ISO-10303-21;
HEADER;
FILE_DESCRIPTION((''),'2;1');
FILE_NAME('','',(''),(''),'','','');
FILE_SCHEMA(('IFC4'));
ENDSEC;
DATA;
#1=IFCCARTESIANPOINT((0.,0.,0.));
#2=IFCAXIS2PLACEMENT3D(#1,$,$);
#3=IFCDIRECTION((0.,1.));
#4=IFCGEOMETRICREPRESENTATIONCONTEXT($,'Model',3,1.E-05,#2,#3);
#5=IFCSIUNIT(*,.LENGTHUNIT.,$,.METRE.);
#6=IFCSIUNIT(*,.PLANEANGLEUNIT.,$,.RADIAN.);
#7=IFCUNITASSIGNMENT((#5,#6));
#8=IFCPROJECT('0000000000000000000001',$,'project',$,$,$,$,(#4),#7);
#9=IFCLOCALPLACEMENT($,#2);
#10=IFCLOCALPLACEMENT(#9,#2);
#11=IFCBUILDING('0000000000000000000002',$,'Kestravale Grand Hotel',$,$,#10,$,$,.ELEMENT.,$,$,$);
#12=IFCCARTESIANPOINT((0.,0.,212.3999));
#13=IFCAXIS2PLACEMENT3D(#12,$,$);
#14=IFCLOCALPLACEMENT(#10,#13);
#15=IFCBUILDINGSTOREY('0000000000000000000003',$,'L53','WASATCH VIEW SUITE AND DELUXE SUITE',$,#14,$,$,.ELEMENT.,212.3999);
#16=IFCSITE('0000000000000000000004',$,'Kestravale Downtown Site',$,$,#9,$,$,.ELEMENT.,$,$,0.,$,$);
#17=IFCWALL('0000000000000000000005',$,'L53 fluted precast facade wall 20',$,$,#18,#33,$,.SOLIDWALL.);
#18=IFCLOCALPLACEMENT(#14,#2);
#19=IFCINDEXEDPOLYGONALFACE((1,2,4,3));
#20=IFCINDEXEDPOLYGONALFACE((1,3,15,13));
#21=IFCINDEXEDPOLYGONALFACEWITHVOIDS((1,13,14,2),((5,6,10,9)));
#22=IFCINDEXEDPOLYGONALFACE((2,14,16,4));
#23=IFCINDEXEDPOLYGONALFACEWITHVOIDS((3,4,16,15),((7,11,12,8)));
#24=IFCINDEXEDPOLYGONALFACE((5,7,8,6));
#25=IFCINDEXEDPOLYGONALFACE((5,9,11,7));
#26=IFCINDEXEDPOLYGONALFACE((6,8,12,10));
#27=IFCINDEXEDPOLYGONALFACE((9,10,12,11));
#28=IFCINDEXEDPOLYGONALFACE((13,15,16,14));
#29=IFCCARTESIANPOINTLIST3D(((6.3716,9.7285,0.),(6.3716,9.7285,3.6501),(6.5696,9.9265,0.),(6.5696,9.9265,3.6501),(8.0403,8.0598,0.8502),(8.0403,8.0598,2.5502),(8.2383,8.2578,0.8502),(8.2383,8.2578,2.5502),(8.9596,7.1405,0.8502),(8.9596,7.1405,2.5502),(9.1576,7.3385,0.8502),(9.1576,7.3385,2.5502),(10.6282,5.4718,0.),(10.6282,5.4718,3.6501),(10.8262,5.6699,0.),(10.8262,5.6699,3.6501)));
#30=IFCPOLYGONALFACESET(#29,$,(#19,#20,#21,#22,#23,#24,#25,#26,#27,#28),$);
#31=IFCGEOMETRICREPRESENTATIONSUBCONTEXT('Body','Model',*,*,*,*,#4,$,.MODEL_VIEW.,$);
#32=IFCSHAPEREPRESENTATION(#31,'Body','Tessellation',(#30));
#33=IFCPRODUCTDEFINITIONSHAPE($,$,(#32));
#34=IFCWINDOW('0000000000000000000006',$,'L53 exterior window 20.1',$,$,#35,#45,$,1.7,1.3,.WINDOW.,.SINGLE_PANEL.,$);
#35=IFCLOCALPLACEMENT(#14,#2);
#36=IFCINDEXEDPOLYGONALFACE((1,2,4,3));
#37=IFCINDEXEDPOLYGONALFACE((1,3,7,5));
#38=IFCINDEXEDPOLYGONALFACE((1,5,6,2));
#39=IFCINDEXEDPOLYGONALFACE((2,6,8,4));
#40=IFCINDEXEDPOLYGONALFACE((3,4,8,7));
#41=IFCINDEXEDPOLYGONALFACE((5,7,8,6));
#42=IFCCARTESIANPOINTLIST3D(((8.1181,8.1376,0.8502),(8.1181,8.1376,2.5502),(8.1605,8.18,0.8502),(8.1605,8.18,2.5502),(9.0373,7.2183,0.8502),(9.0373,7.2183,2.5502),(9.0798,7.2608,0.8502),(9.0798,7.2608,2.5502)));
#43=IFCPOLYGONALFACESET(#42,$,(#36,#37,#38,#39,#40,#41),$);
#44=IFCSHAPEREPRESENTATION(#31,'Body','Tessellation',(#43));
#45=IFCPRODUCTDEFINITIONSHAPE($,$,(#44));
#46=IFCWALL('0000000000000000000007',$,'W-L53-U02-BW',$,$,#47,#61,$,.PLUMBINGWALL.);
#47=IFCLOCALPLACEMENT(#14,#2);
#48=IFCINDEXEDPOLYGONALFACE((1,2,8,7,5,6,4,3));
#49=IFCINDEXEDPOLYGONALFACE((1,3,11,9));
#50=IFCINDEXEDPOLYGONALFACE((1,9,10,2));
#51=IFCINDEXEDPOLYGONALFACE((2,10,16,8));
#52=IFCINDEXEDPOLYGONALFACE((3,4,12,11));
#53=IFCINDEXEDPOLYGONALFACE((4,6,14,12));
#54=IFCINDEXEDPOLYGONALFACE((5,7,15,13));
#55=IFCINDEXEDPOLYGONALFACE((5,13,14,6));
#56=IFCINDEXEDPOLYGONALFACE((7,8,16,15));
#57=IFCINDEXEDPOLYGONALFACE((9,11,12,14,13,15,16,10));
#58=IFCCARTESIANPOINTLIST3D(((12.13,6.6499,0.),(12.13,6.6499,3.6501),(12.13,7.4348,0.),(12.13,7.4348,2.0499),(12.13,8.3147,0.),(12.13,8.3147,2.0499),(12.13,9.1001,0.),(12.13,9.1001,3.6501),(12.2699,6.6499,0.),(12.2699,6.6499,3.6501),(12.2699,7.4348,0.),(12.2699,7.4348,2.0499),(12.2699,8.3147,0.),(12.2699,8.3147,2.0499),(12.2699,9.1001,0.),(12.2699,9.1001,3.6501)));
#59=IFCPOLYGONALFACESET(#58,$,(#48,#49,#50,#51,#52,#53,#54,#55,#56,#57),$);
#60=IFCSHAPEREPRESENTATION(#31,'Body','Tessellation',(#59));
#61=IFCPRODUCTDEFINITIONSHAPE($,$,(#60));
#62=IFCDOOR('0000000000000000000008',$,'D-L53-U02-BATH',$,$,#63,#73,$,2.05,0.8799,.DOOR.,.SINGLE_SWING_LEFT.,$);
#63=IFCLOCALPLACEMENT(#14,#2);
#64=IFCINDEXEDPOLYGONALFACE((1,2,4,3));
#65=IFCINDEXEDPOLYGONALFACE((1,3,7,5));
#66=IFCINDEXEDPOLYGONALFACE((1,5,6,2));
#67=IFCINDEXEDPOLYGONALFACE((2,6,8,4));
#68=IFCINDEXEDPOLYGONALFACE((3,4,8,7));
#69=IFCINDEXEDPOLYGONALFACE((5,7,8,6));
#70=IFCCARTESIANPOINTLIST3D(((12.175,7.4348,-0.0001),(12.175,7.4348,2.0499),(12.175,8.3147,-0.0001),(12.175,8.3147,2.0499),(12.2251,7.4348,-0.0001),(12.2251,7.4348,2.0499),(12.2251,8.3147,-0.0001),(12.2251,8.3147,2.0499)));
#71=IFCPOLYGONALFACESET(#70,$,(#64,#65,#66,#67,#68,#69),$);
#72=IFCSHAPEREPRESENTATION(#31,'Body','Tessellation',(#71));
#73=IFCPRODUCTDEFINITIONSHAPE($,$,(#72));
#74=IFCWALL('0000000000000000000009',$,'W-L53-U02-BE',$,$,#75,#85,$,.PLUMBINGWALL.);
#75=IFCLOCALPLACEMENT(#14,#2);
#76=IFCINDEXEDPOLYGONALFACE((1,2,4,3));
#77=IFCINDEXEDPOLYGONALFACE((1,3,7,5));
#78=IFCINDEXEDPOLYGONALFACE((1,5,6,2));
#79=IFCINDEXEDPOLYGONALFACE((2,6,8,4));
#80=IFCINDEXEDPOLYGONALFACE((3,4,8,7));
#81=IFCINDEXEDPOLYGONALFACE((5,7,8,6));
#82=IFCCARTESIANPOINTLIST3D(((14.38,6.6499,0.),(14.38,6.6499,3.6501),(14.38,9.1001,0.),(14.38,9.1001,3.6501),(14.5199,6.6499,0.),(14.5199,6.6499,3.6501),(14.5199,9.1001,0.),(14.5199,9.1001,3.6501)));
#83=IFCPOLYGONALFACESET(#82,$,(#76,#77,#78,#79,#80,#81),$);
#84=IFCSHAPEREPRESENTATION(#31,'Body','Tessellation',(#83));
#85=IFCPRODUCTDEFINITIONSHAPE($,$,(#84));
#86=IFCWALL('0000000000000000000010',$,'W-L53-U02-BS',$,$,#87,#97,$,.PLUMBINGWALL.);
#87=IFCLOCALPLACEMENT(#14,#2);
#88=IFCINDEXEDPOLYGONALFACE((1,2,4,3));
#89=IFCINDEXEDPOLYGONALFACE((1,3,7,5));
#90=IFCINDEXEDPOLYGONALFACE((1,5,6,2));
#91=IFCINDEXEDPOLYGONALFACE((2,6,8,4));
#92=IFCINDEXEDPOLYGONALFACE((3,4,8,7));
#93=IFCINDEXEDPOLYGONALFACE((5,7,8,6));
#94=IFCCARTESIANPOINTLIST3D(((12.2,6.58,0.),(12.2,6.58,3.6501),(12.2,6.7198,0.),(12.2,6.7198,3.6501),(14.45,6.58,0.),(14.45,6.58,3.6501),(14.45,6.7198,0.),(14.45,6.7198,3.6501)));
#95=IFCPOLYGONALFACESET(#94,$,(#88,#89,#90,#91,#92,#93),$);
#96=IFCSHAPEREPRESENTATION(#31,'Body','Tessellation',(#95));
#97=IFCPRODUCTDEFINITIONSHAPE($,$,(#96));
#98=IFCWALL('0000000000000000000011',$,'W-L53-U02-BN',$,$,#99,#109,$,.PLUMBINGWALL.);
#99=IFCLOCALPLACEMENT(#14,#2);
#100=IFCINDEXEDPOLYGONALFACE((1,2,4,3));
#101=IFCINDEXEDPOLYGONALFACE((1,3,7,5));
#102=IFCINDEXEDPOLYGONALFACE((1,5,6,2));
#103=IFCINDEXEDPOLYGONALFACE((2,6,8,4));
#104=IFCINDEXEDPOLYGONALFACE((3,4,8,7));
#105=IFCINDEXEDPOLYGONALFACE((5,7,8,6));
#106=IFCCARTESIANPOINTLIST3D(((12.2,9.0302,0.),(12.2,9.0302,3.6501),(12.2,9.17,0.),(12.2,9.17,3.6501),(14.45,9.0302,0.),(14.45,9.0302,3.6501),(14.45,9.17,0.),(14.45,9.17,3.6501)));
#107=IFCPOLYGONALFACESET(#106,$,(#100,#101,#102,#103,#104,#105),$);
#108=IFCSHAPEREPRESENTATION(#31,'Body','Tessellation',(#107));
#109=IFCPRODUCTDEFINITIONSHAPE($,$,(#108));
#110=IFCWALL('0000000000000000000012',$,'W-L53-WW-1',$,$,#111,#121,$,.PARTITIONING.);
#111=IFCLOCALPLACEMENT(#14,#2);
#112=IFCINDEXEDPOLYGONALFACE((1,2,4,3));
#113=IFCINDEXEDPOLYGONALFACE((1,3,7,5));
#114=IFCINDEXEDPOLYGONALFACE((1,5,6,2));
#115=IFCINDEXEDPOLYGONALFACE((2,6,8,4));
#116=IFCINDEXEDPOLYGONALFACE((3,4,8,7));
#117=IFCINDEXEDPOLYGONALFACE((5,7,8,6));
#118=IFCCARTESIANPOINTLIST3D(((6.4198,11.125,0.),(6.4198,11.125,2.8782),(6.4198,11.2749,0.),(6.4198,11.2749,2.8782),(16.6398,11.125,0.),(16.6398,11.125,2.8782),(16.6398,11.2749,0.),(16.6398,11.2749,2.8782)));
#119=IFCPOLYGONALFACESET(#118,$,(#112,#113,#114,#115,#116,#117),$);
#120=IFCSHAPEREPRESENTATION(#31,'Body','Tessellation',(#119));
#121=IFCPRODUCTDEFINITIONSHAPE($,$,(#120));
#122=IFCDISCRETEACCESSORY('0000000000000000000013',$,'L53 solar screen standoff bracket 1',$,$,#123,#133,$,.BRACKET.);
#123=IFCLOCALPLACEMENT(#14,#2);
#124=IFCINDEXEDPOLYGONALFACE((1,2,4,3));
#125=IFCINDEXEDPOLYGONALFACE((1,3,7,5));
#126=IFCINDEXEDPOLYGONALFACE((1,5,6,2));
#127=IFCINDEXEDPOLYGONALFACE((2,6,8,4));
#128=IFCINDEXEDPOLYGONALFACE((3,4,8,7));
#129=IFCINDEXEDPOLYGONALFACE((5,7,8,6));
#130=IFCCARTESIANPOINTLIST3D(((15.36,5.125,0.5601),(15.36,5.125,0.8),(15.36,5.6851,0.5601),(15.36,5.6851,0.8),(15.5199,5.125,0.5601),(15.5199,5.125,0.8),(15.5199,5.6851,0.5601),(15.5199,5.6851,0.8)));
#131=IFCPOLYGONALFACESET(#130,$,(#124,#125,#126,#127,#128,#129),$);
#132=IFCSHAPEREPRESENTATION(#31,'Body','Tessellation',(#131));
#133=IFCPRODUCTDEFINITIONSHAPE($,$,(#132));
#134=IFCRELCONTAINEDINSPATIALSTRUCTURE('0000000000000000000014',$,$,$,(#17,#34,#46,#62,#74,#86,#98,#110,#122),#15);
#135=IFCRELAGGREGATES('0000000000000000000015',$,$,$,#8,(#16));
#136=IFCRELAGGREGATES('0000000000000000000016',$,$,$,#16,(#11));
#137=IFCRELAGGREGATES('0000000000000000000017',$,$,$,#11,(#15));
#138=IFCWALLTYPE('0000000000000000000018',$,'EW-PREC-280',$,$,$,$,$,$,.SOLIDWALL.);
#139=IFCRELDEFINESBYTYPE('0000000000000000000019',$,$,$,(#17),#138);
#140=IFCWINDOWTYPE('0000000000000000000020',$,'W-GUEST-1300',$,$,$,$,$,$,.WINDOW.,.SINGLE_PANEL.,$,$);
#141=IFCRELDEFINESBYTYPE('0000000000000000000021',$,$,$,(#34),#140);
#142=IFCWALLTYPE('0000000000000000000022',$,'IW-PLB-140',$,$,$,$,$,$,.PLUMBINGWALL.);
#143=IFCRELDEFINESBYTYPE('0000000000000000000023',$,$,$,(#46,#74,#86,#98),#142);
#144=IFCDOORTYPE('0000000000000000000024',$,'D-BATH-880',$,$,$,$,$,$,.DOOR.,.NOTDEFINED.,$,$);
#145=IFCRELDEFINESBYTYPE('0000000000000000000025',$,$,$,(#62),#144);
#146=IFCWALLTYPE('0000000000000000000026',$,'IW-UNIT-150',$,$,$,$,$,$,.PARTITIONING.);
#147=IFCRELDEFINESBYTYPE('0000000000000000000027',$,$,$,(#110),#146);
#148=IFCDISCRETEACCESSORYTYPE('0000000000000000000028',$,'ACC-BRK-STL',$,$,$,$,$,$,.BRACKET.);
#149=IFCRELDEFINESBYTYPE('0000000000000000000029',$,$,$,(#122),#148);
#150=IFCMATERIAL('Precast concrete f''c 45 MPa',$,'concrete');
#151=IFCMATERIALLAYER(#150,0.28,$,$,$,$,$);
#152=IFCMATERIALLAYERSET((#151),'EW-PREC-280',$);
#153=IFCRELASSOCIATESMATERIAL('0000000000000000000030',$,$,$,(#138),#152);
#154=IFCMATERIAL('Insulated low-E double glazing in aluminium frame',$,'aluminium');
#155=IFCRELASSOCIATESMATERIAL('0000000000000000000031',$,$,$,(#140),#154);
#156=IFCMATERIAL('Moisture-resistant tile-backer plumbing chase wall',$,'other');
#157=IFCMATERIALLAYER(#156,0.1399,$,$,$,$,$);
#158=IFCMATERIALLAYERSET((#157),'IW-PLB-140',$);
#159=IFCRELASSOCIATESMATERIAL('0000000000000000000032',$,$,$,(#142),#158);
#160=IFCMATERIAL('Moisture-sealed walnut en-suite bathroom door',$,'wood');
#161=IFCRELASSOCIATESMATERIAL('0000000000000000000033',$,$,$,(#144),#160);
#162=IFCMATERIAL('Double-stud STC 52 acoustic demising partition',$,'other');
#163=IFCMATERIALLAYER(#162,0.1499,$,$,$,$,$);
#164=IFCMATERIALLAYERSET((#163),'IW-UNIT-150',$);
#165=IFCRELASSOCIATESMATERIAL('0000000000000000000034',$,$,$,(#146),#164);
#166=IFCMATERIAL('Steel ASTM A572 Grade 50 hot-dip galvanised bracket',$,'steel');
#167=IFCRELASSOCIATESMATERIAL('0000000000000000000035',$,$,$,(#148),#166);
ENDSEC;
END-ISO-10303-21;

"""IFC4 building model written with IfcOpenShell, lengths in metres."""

from ifc_helpers import new_model, si_unit, direction, frame, frame_2d, origin, origin_2d, place, context, subcontext, project, spatial, rectangle, extrude, material, layer, layer_set, type_object, element, fill, save


model = new_model("IFC4")

# Units and contexts
model_context = context("Model", 3, precision=1e-05, world=origin(), true_north=direction((0.0, 1.0)))
body_context = subcontext(model_context, "Body", "Model", "MODEL_VIEW")
ifc_project = project(units=[si_unit("LENGTHUNIT", "METRE"), si_unit("PLANEANGLEUNIT", "RADIAN")], contexts=[model_context])

# Site, building, storey
site_placement = place(None, origin())
site = spatial("IfcSite", under=ifc_project, at=site_placement, Name="Kestravale Downtown Site", CompositionType="ELEMENT", RefElevation=0.0)
building_placement = place(site_placement, origin())
building = spatial("IfcBuilding", under=site, at=building_placement, Name="Kestravale Grand Hotel", CompositionType="ELEMENT")
storey_placement = place(building_placement, frame((0.0, 0.0, 212.3999)))
storey = spatial("IfcBuildingStorey", under=building, at=storey_placement, Name="L53", Description="WASATCH VIEW SUITE AND DELUXE SUITE", CompositionType="ELEMENT", Elevation=212.3999)

# Shared definitions
ifc_material_1 = material(Name="Precast concrete f'c 45 MPa", Category="concrete")
ifc_layer_1 = layer(ifc_material_1, 0.28)
ifc_layer_set_1 = layer_set([ifc_layer_1], Name="EW-PREC-280")
wall_type_1 = type_object("IfcWallType", Name="EW-PREC-280", PredefinedType="SOLIDWALL", material=ifc_layer_set_1)
ifc_material_2 = material(Name="Insulated low-E double glazing in aluminium frame", Category="aluminium")
window_type = type_object("IfcWindowType", Name="W-GUEST-1300", PartitioningType="SINGLE_PANEL", PredefinedType="WINDOW", material=ifc_material_2)

# Wall, opening, window
wall_1_placement = place(storey_placement, frame((6.4707, 9.8274, 0.0), z_axis=(0.0, 0.0, 1.0), x_axis=(0.707107, -0.707107, 0.0)))
wall_1 = element("IfcWall", 1, at=wall_1_placement, inside=storey, type_object=wall_type_1, Name="L53 fluted precast facade wall 20", PredefinedType="SOLIDWALL", context=body_context, shape_type="SweptSolid", body=[
    extrude(rectangle(XDim=6.0198, YDim=0.28, at=frame_2d((3.0098, 0.0))), origin(), (0.0, 0.0, 1.0), 3.6501),
])
opening_1_placement = place(wall_1_placement, frame((2.3599, 0.0, 0.8501)))
opening_1 = element("IfcOpeningElement", 2, at=opening_1_placement, cuts=wall_1, PredefinedType="OPENING", context=body_context, shape_type="SweptSolid", body=[
    extrude(rectangle(XDim=1.3, YDim=1.7, at=frame_2d((0.6499, 0.8501))), frame((0.0, 0.1499, 0.0), z_axis=(0.0, -1.0, 0.0), x_axis=(1.0, 0.0, 0.0)), (0.0, 0.0, 1.0), 0.3),
])
window_1_placement = place(opening_1_placement, origin())
window_1 = element("IfcWindow", 3, at=window_1_placement, inside=storey, type_object=window_type, Name="L53 exterior window 20.1", OverallHeight=1.7, OverallWidth=1.3, PartitioningType="SINGLE_PANEL", PredefinedType="WINDOW", context=body_context, shape_type="SweptSolid", body=[
    extrude(rectangle(XDim=1.3, YDim=1.7, at=frame_2d((0.6499, 0.8501))), frame((0.0, 0.03, 0.0), z_axis=(0.0, -1.0, 0.0), x_axis=(1.0, 0.0, 0.0)), (0.0, 0.0, 1.0), 0.0601),
])
fill(opening_1, window_1)

# Wall, opening, door
ifc_material_3 = material(Name="Moisture-resistant tile-backer plumbing chase wall", Category="other")
ifc_layer_2 = layer(ifc_material_3, 0.1399)
ifc_layer_set_2 = layer_set([ifc_layer_2], Name="IW-PLB-140")
wall_type_2 = type_object("IfcWallType", Name="IW-PLB-140", PredefinedType="PLUMBINGWALL", material=ifc_layer_set_2)
wall_2_placement = place(storey_placement, frame((12.2, 6.6499, 0.0), z_axis=(0.0, 0.0, 1.0), x_axis=(0.0, 1.0, 0.0)))
wall_2 = element("IfcWall", 4, at=wall_2_placement, inside=storey, type_object=wall_type_2, Name="W-L53-U02-BW", PredefinedType="PLUMBINGWALL", context=body_context, shape_type="SweptSolid", body=[
    extrude(rectangle(XDim=2.4502, YDim=0.1399, at=frame_2d((1.2251, 0.0))), origin(), (0.0, 0.0, 1.0), 3.6501),
])
opening_2_placement = place(wall_2_placement, frame((0.7849, 0.0, 0.0)))
opening_2 = element("IfcOpeningElement", 5, at=opening_2_placement, cuts=wall_2, PredefinedType="OPENING", context=body_context, shape_type="SweptSolid", body=[
    extrude(rectangle(XDim=0.8799, YDim=2.05, at=frame_2d((0.4399, 1.0249))), frame((0.0, 0.0798, 0.0), z_axis=(0.0, -1.0, 0.0), x_axis=(1.0, 0.0, 0.0)), (0.0, 0.0, 1.0), 0.1599),
])
ifc_material_4 = material(Name="Moisture-sealed walnut en-suite bathroom door", Category="wood")
door_type = type_object("IfcDoorType", Name="D-BATH-880", OperationType="NOTDEFINED", PredefinedType="DOOR", material=ifc_material_4)
door_placement = place(opening_2_placement, origin())
door = element("IfcDoor", 6, at=door_placement, inside=storey, type_object=door_type, Name="D-L53-U02-BATH", OperationType="SINGLE_SWING_LEFT", OverallHeight=2.05, OverallWidth=0.8799, PredefinedType="DOOR", context=body_context, shape_type="SweptSolid", body=[
    extrude(rectangle(XDim=0.8799, YDim=2.05, at=frame_2d((0.4399, 1.0249))), frame((0.0, 0.0249, 0.0), z_axis=(0.0, -1.0, 0.0), x_axis=(1.0, 0.0, 0.0)), (0.0, 0.0, 1.0), 0.05),
])
fill(opening_2, door)

# Walls
wall_3_placement = place(storey_placement, frame((14.45, 6.6499, 0.0), z_axis=(0.0, 0.0, 1.0), x_axis=(0.0, 1.0, 0.0)))
element("IfcWall", 7, at=wall_3_placement, inside=storey, type_object=wall_type_2, Name="W-L53-U02-BE", PredefinedType="PLUMBINGWALL", context=body_context, shape_type="SweptSolid", body=[
    extrude(rectangle(XDim=2.4502, YDim=0.1399, at=frame_2d((1.2251, 0.0))), origin(), (0.0, 0.0, 1.0), 3.6501),
])
for number, where, z_axis, x_axis, name in (
    (8, (12.2, 6.6499, 0.0), (0.0, 0.0, 1.0), (1.0, 0.0, 0.0), "W-L53-U02-BS"),
    (9, (12.2, 9.1001, 0.0), (0.0, 0.0, 1.0), (1.0, 0.0, 0.0), "W-L53-U02-BN"),
):
    element("IfcWall", number, at=place(storey_placement, frame(where, z_axis=z_axis, x_axis=x_axis)), inside=storey, type_object=wall_type_2, Name=name, PredefinedType="PLUMBINGWALL", context=body_context, shape_type="SweptSolid", body=[
        extrude(rectangle(XDim=2.25, YDim=0.1399, at=frame_2d((1.125, 0.0))), origin(), (0.0, 0.0, 1.0), 3.6501),
    ])
ifc_material_5 = material(Name="Double-stud STC 52 acoustic demising partition", Category="other")
ifc_layer_3 = layer(ifc_material_5, 0.1499)
ifc_layer_set_3 = layer_set([ifc_layer_3], Name="IW-UNIT-150")
wall_type_3 = type_object("IfcWallType", Name="IW-UNIT-150", PredefinedType="PARTITIONING", material=ifc_layer_set_3)
wall_4_placement = place(storey_placement, frame((6.4199, 11.2, 0.0), z_axis=(0.0, 0.0, 1.0), x_axis=(1.0, 0.0, 0.0)))
element("IfcWall", 10, at=wall_4_placement, inside=storey, type_object=wall_type_3, Name="W-L53-WW-1", PredefinedType="PARTITIONING", context=body_context, shape_type="SweptSolid", body=[
    extrude(rectangle(XDim=10.22, YDim=0.1499, at=frame_2d((5.1099, 0.0))), origin(), (0.0, 0.0, 1.0), 2.8782),
])

# Discrete accessory
ifc_material_6 = material(Name="Steel ASTM A572 Grade 50 hot-dip galvanised bracket", Category="steel")
discrete_accessory_type = type_object("IfcDiscreteAccessoryType", Name="ACC-BRK-STL", PredefinedType="BRACKET", material=ifc_material_6)
discrete_accessory_placement = place(storey_placement, frame((15.4399, 5.405, 0.5601), z_axis=(0.0, 0.0, 1.0), x_axis=(1.0, 0.0, 0.0)))
element("IfcDiscreteAccessory", 11, at=discrete_accessory_placement, inside=storey, type_object=discrete_accessory_type, Name="L53 solar screen standoff bracket 1", PredefinedType="BRACKET", context=body_context, shape_type="SweptSolid", body=[
    extrude(rectangle(XDim=0.1599, YDim=0.5601, at=origin_2d()), origin(), (0.0, 0.0, 1.0), 0.24),
])

save(model, "model.ifc")
